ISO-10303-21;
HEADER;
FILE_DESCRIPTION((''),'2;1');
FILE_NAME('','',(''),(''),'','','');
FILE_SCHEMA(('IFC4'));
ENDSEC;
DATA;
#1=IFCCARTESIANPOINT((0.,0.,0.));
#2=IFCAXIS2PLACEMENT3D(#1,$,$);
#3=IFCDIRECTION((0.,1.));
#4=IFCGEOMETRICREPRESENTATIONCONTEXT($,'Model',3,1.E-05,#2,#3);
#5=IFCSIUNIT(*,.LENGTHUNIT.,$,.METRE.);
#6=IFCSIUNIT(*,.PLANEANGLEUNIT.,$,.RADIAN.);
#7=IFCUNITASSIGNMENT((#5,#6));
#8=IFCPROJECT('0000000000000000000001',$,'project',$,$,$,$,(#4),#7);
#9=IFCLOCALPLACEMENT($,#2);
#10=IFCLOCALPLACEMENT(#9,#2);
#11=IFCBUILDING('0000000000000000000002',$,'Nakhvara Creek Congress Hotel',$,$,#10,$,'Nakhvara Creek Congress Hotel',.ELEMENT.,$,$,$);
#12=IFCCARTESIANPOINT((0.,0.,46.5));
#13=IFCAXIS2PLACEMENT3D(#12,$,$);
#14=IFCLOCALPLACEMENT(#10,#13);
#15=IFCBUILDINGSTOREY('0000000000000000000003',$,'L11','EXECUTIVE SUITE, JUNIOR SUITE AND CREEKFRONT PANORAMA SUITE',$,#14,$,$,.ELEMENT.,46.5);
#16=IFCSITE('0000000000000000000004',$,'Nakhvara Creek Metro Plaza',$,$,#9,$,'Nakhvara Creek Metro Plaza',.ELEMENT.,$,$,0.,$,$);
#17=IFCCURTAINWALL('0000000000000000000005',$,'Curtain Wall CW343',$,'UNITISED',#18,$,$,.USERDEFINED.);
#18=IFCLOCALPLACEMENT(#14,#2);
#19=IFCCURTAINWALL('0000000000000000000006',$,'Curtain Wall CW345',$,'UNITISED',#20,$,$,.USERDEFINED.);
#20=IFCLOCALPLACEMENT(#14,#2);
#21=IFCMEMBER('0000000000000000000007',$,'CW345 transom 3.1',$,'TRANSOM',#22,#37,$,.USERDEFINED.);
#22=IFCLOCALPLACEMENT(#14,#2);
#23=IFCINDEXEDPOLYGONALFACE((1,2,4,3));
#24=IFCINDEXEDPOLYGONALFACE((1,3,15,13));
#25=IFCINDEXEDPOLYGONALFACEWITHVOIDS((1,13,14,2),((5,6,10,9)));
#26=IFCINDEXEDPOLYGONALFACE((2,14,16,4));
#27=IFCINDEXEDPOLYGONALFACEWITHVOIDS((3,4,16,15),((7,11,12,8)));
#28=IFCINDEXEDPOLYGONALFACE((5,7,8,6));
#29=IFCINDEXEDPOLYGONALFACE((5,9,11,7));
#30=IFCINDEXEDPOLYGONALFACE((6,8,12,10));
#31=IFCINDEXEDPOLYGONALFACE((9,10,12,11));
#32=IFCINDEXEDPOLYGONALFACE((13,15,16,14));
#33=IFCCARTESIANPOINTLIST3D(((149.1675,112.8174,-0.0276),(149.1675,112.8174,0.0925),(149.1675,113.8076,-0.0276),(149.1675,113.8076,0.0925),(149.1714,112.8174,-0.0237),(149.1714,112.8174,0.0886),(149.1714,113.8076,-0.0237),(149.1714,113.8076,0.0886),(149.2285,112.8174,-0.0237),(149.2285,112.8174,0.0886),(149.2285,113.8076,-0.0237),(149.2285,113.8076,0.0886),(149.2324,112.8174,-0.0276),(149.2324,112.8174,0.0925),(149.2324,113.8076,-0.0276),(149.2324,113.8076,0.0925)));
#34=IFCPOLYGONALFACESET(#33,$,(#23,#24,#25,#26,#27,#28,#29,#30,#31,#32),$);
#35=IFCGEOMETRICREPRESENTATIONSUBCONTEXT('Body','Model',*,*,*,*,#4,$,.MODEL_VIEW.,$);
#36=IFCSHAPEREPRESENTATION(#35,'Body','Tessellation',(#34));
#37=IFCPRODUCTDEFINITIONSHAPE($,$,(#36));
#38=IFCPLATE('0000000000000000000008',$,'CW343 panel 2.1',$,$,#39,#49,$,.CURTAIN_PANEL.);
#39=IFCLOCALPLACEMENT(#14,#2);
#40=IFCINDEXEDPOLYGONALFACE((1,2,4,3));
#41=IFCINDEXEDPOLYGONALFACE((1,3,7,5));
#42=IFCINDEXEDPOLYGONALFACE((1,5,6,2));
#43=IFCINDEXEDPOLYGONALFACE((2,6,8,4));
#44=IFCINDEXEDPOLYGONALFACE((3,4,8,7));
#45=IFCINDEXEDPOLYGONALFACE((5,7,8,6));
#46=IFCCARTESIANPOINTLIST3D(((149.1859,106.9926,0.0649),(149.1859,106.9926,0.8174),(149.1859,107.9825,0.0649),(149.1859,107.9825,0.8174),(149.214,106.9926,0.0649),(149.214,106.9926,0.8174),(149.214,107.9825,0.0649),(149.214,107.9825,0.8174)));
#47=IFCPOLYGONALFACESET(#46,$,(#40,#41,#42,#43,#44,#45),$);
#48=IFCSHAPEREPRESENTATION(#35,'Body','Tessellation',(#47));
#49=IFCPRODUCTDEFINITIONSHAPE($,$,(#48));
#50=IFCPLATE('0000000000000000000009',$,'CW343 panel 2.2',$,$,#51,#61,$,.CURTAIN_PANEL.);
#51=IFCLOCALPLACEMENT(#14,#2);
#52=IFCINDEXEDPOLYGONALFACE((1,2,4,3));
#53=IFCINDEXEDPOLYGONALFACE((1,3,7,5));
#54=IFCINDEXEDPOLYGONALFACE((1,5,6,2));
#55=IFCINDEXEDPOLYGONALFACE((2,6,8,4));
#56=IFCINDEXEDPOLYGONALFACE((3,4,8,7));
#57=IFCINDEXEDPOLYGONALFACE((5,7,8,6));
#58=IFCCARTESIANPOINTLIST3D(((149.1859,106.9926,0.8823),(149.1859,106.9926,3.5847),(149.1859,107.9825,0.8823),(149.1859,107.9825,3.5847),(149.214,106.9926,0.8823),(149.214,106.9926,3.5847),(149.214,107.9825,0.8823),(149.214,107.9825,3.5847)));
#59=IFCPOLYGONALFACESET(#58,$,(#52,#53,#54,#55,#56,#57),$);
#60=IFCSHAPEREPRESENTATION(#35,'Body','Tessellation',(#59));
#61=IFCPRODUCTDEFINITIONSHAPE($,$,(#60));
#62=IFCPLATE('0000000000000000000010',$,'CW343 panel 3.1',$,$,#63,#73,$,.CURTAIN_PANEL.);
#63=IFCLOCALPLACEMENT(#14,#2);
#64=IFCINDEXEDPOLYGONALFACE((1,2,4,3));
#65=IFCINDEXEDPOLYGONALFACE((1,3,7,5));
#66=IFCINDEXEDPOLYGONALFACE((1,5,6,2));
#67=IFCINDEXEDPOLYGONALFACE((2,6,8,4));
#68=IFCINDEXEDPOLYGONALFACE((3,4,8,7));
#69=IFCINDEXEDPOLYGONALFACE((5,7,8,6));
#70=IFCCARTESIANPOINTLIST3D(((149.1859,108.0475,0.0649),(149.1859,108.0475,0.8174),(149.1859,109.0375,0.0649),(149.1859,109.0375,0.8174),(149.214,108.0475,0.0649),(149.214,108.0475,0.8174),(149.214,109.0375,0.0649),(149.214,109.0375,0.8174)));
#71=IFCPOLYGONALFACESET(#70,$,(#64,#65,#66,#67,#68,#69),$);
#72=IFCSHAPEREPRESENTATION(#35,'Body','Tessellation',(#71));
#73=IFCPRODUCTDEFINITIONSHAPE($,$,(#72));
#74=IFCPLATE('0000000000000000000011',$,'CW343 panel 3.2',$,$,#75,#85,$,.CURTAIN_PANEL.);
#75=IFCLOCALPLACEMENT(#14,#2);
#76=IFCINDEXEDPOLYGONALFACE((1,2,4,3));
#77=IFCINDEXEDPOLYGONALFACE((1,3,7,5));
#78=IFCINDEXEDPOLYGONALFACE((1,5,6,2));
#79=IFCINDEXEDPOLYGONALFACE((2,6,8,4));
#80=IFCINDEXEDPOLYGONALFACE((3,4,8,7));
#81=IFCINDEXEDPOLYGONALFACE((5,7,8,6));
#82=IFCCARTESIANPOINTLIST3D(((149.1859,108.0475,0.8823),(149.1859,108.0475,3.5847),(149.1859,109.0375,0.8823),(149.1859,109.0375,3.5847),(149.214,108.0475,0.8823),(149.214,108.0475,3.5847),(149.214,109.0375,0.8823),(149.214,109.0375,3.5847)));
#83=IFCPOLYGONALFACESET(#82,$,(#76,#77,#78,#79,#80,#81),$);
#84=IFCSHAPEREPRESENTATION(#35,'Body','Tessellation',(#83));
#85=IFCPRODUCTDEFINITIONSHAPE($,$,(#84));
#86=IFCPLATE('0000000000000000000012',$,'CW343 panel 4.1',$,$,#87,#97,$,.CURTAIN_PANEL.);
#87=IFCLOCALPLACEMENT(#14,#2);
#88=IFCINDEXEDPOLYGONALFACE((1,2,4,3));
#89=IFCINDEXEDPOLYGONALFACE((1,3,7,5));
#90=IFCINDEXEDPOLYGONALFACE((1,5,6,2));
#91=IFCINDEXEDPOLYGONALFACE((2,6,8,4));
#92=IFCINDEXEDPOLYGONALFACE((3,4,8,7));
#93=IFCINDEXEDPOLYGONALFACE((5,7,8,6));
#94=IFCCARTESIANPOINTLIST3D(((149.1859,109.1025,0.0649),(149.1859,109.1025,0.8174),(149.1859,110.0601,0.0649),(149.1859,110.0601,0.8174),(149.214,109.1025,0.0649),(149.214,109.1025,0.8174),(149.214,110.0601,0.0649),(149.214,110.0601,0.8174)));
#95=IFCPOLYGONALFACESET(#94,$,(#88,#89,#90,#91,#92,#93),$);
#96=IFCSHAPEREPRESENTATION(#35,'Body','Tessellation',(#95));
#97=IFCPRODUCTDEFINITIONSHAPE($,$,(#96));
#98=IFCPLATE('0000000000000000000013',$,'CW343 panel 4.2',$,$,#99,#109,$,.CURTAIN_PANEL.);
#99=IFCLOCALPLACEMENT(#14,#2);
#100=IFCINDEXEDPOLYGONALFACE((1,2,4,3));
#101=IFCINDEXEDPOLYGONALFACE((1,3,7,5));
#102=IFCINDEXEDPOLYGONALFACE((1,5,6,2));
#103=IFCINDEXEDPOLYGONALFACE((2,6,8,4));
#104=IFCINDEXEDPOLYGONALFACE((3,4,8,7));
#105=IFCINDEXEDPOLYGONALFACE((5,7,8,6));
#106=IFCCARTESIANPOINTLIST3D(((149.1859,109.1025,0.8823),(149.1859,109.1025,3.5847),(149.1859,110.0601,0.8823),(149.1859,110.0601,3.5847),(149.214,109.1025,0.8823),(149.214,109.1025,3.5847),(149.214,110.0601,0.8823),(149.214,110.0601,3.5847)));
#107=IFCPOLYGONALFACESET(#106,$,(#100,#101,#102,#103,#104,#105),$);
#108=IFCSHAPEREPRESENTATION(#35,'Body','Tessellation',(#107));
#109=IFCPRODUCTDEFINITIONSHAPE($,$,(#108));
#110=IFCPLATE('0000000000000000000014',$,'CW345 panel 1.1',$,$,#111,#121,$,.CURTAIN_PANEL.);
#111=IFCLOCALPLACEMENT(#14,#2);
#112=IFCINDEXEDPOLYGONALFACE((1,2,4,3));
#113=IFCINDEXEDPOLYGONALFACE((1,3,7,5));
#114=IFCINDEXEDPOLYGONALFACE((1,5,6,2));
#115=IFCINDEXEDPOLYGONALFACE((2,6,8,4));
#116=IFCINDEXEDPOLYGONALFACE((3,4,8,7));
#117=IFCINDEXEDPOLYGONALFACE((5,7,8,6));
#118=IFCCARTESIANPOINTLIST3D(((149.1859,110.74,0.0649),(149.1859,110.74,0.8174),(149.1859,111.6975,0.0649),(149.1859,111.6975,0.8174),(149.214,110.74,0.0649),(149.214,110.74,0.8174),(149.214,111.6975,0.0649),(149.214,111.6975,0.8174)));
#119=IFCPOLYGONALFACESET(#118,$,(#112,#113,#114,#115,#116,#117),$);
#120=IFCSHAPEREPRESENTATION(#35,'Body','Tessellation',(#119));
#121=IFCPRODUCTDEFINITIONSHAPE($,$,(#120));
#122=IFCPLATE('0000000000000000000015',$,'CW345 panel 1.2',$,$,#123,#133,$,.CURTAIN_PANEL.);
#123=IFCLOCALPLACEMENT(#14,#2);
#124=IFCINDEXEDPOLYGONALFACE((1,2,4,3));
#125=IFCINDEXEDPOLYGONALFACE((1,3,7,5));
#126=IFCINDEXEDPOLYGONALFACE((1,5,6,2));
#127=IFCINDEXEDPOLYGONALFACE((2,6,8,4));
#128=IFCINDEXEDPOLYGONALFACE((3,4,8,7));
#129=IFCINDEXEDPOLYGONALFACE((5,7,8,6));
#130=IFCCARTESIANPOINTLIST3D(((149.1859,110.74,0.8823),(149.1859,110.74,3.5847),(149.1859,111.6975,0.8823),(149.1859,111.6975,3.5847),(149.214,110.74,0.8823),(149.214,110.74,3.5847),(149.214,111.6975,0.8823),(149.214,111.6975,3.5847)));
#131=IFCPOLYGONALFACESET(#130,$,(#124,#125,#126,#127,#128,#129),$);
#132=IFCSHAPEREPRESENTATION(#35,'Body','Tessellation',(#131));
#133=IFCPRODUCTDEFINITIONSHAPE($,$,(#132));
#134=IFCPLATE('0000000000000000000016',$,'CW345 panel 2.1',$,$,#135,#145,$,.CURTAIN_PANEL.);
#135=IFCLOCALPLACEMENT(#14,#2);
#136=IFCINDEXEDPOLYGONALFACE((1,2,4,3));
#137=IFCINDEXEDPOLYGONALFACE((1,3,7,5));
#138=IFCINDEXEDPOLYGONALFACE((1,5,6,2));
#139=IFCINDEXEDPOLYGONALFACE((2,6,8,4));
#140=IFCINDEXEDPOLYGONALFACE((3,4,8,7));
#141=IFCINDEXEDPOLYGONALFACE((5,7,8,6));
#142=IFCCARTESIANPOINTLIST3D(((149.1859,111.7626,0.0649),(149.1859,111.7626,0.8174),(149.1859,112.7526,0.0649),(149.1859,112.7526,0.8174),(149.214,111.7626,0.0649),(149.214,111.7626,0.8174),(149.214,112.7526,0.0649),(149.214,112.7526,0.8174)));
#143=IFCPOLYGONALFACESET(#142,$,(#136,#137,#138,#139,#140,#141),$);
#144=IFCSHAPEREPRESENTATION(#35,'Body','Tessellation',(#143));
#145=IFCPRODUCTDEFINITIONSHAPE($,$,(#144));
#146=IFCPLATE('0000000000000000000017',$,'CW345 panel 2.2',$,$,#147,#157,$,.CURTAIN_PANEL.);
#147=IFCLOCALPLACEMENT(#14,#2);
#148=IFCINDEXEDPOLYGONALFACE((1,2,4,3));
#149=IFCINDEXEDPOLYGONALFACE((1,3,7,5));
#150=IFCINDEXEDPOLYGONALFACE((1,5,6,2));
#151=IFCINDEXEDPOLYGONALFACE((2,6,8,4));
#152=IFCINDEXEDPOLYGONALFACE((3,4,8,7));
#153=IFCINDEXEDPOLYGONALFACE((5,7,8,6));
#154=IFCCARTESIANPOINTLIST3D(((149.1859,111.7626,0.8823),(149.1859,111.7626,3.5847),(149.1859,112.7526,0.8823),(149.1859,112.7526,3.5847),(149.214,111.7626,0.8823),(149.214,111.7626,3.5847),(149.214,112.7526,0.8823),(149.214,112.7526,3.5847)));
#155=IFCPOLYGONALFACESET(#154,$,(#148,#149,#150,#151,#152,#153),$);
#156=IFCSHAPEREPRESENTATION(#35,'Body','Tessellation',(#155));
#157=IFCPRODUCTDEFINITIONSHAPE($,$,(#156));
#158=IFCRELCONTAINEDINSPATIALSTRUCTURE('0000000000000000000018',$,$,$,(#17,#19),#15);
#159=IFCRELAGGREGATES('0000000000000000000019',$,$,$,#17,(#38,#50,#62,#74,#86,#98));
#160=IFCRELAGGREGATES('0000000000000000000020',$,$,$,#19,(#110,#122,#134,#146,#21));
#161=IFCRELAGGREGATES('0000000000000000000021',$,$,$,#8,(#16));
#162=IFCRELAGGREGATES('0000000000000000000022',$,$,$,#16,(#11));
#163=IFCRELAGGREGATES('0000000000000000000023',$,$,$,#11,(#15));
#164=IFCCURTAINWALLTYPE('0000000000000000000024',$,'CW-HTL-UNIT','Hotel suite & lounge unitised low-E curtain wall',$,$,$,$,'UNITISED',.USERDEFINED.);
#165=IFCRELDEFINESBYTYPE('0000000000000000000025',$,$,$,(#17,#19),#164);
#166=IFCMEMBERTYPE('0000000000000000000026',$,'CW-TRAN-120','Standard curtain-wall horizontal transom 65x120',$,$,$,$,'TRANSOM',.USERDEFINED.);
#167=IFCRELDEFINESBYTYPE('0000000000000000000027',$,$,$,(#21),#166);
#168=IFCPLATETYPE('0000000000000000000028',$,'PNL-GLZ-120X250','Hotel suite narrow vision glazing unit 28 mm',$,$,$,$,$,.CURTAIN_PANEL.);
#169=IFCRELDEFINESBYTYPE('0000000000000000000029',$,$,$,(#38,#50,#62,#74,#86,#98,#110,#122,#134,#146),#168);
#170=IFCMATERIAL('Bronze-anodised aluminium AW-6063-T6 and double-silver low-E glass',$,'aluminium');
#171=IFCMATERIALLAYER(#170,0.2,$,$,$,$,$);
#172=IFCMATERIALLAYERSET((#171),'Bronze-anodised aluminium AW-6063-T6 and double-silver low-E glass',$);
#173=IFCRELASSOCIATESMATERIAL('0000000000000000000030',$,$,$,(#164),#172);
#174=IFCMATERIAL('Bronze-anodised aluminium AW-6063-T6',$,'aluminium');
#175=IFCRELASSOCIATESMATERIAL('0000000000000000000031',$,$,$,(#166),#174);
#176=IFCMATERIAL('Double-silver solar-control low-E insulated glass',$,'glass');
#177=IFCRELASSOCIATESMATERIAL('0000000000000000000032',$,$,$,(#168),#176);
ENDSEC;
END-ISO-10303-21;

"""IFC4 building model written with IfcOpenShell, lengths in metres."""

from ifc_helpers import new_model, si_unit, direction, frame, origin, origin_2d, place, context, subcontext, project, spatial, rectangle, hollow_rectangle, extrude, material, layer, layer_set, material_profile, profile_set, type_object, element, aggregate, save


model = new_model("IFC4")

# Units and contexts
model_context = context("Model", 3, precision=1e-05, world=origin(), true_north=direction((0.0, 1.0)))
body_context = subcontext(model_context, "Body", "Model", "MODEL_VIEW")
ifc_project = project(units=[si_unit("LENGTHUNIT", "METRE"), si_unit("PLANEANGLEUNIT", "RADIAN")], contexts=[model_context])

# Site, building, storey
site_placement = place(None, origin())
site = spatial("IfcSite", under=ifc_project, at=site_placement, Name="Nakhvara Creek Metro Plaza", LongName="Nakhvara Creek Metro Plaza", CompositionType="ELEMENT", RefElevation=0.0)
building_placement = place(site_placement, origin())
building = spatial("IfcBuilding", under=site, at=building_placement, Name="Nakhvara Creek Congress Hotel", LongName="Nakhvara Creek Congress Hotel", CompositionType="ELEMENT")
storey_placement = place(building_placement, frame((0.0, 0.0, 46.5)))
storey = spatial("IfcBuildingStorey", under=building, at=storey_placement, Name="L11", Description="EXECUTIVE SUITE, JUNIOR SUITE AND CREEKFRONT PANORAMA SUITE", CompositionType="ELEMENT", Elevation=46.5)

# Curtain walls
ifc_material_1 = material(Name="Bronze-anodised aluminium AW-6063-T6 and double-silver low-E glass", Category="aluminium")
ifc_layer = layer(ifc_material_1, 0.2)
ifc_layer_set = layer_set([ifc_layer], Name="Bronze-anodised aluminium AW-6063-T6 and double-silver low-E glass")
curtain_wall_type = type_object("IfcCurtainWallType", Name="CW-HTL-UNIT", Description="Hotel suite & lounge unitised low-E curtain wall", ElementType="UNITISED", PredefinedType="USERDEFINED", material=ifc_layer_set)
curtain_wall_1_placement = place(storey_placement, origin())
curtain_wall_1 = element("IfcCurtainWall", 1, at=curtain_wall_1_placement, inside=storey, type_object=curtain_wall_type, Name="Curtain Wall CW343", ObjectType="UNITISED", PredefinedType="USERDEFINED")
ifc_material_2 = material(Name="Bronze-anodised aluminium AW-6063-T6", Category="aluminium")
curtain_wall_2_placement = place(storey_placement, origin())
curtain_wall_2 = element("IfcCurtainWall", 2, at=curtain_wall_2_placement, inside=storey, type_object=curtain_wall_type, Name="Curtain Wall CW345", ObjectType="UNITISED", PredefinedType="USERDEFINED")

# Member
ifc_material_profile_1 = material_profile(ifc_material_2, hollow_rectangle(XDim=0.0649, YDim=0.1201, WallThickness=0.0039, at=origin_2d()), Name="ALU-TRAN 65x120x4", Category="LoadBearing")
ifc_profile_set_1 = profile_set([ifc_material_profile_1], Name="Bronze-anodised aluminium AW-6063-T6")
member_type_1 = type_object("IfcMemberType", Name="CW-TRAN-120", Description="Standard curtain-wall horizontal transom 65x120", ElementType="TRANSOM", PredefinedType="USERDEFINED", material=ifc_profile_set_1)
member_1_placement = place(storey_placement, frame((149.2, 112.8174, 0.0325), z_axis=(0.0, 1.0, 0.0), x_axis=(-1.0, 0.0, 0.0)))
member_1 = element("IfcMember", 3, at=member_1_placement, type_object=member_type_1, Name="CW345 transom 3.1", ObjectType="TRANSOM", PredefinedType="USERDEFINED", context=body_context, shape_type="SweptSolid", body=[
    extrude(hollow_rectangle(XDim=0.0649, YDim=0.1201, WallThickness=0.0039, at=origin_2d()), origin(), (0.0, 0.0, 1.0), 0.9902),
])

# Plates
ifc_material_3 = material(Name="Double-silver solar-control low-E insulated glass", Category="glass")
plate_type = type_object("IfcPlateType", Name="PNL-GLZ-120X250", Description="Hotel suite narrow vision glazing unit 28 mm", PredefinedType="CURTAIN_PANEL", material=ifc_material_3)
plate_1_placement = place(storey_placement, frame((149.2, 107.4875, 0.0649), z_axis=(0.0, 0.0, 1.0), x_axis=(0.0, 1.0, 0.0)))
plate_1 = element("IfcPlate", 4, at=plate_1_placement, type_object=plate_type, Name="CW343 panel 2.1", PredefinedType="CURTAIN_PANEL", context=body_context, shape_type="SweptSolid", body=[
    extrude(rectangle(XDim=0.99, YDim=0.0281, at=origin_2d()), origin(), (0.0, 0.0, 1.0), 0.7524),
])
plate_2_placement = place(storey_placement, frame((149.2, 107.4875, 0.8823), z_axis=(0.0, 0.0, 1.0), x_axis=(0.0, 1.0, 0.0)))
plate_2 = element("IfcPlate", 5, at=plate_2_placement, type_object=plate_type, Name="CW343 panel 2.2", PredefinedType="CURTAIN_PANEL", context=body_context, shape_type="SweptSolid", body=[
    extrude(rectangle(XDim=0.99, YDim=0.0281, at=origin_2d()), origin(), (0.0, 0.0, 1.0), 2.7024),
])
plate_3_placement = place(storey_placement, frame((149.2, 108.5425, 0.0649), z_axis=(0.0, 0.0, 1.0), x_axis=(0.0, 1.0, 0.0)))
plate_3 = element("IfcPlate", 6, at=plate_3_placement, type_object=plate_type, Name="CW343 panel 3.1", PredefinedType="CURTAIN_PANEL", context=body_context, shape_type="SweptSolid", body=[
    extrude(rectangle(XDim=0.99, YDim=0.0281, at=origin_2d()), origin(), (0.0, 0.0, 1.0), 0.7524),
])
plate_4_placement = place(storey_placement, frame((149.2, 108.5425, 0.8823), z_axis=(0.0, 0.0, 1.0), x_axis=(0.0, 1.0, 0.0)))
plate_4 = element("IfcPlate", 7, at=plate_4_placement, type_object=plate_type, Name="CW343 panel 3.2", PredefinedType="CURTAIN_PANEL", context=body_context, shape_type="SweptSolid", body=[
    extrude(rectangle(XDim=0.99, YDim=0.0281, at=origin_2d()), origin(), (0.0, 0.0, 1.0), 2.7024),
])
plate_5_placement = place(storey_placement, frame((149.2, 109.5813, 0.0649), z_axis=(0.0, 0.0, 1.0), x_axis=(0.0, 1.0, 0.0)))
plate_5 = element("IfcPlate", 8, at=plate_5_placement, type_object=plate_type, Name="CW343 panel 4.1", PredefinedType="CURTAIN_PANEL", context=body_context, shape_type="SweptSolid", body=[
    extrude(rectangle(XDim=0.9575, YDim=0.0281, at=origin_2d()), origin(), (0.0, 0.0, 1.0), 0.7524),
])
plate_6_placement = place(storey_placement, frame((149.2, 109.5813, 0.8823), z_axis=(0.0, 0.0, 1.0), x_axis=(0.0, 1.0, 0.0)))
plate_6 = element("IfcPlate", 9, at=plate_6_placement, type_object=plate_type, Name="CW343 panel 4.2", PredefinedType="CURTAIN_PANEL", context=body_context, shape_type="SweptSolid", body=[
    extrude(rectangle(XDim=0.9575, YDim=0.0281, at=origin_2d()), origin(), (0.0, 0.0, 1.0), 2.7024),
])
aggregate(curtain_wall_1, [plate_1, plate_2, plate_3, plate_4, plate_5, plate_6])
plate_7_placement = place(storey_placement, frame((149.2, 111.2188, 0.0649), z_axis=(0.0, 0.0, 1.0), x_axis=(0.0, 1.0, 0.0)))
plate_7 = element("IfcPlate", 10, at=plate_7_placement, type_object=plate_type, Name="CW345 panel 1.1", PredefinedType="CURTAIN_PANEL", context=body_context, shape_type="SweptSolid", body=[
    extrude(rectangle(XDim=0.9575, YDim=0.0281, at=origin_2d()), origin(), (0.0, 0.0, 1.0), 0.7524),
])
plate_8_placement = place(storey_placement, frame((149.2, 111.2188, 0.8823), z_axis=(0.0, 0.0, 1.0), x_axis=(0.0, 1.0, 0.0)))
plate_8 = element("IfcPlate", 11, at=plate_8_placement, type_object=plate_type, Name="CW345 panel 1.2", PredefinedType="CURTAIN_PANEL", context=body_context, shape_type="SweptSolid", body=[
    extrude(rectangle(XDim=0.9575, YDim=0.0281, at=origin_2d()), origin(), (0.0, 0.0, 1.0), 2.7024),
])
plate_9_placement = place(storey_placement, frame((149.2, 112.2576, 0.0649), z_axis=(0.0, 0.0, 1.0), x_axis=(0.0, 1.0, 0.0)))
plate_9 = element("IfcPlate", 12, at=plate_9_placement, type_object=plate_type, Name="CW345 panel 2.1", PredefinedType="CURTAIN_PANEL", context=body_context, shape_type="SweptSolid", body=[
    extrude(rectangle(XDim=0.99, YDim=0.0281, at=origin_2d()), origin(), (0.0, 0.0, 1.0), 0.7524),
])
plate_10_placement = place(storey_placement, frame((149.2, 112.2576, 0.8823), z_axis=(0.0, 0.0, 1.0), x_axis=(0.0, 1.0, 0.0)))
plate_10 = element("IfcPlate", 13, at=plate_10_placement, type_object=plate_type, Name="CW345 panel 2.2", PredefinedType="CURTAIN_PANEL", context=body_context, shape_type="SweptSolid", body=[
    extrude(rectangle(XDim=0.99, YDim=0.0281, at=origin_2d()), origin(), (0.0, 0.0, 1.0), 2.7024),
])
aggregate(curtain_wall_2, [plate_7, plate_8, plate_9, plate_10, member_1])

save(model, "model.ifc")
